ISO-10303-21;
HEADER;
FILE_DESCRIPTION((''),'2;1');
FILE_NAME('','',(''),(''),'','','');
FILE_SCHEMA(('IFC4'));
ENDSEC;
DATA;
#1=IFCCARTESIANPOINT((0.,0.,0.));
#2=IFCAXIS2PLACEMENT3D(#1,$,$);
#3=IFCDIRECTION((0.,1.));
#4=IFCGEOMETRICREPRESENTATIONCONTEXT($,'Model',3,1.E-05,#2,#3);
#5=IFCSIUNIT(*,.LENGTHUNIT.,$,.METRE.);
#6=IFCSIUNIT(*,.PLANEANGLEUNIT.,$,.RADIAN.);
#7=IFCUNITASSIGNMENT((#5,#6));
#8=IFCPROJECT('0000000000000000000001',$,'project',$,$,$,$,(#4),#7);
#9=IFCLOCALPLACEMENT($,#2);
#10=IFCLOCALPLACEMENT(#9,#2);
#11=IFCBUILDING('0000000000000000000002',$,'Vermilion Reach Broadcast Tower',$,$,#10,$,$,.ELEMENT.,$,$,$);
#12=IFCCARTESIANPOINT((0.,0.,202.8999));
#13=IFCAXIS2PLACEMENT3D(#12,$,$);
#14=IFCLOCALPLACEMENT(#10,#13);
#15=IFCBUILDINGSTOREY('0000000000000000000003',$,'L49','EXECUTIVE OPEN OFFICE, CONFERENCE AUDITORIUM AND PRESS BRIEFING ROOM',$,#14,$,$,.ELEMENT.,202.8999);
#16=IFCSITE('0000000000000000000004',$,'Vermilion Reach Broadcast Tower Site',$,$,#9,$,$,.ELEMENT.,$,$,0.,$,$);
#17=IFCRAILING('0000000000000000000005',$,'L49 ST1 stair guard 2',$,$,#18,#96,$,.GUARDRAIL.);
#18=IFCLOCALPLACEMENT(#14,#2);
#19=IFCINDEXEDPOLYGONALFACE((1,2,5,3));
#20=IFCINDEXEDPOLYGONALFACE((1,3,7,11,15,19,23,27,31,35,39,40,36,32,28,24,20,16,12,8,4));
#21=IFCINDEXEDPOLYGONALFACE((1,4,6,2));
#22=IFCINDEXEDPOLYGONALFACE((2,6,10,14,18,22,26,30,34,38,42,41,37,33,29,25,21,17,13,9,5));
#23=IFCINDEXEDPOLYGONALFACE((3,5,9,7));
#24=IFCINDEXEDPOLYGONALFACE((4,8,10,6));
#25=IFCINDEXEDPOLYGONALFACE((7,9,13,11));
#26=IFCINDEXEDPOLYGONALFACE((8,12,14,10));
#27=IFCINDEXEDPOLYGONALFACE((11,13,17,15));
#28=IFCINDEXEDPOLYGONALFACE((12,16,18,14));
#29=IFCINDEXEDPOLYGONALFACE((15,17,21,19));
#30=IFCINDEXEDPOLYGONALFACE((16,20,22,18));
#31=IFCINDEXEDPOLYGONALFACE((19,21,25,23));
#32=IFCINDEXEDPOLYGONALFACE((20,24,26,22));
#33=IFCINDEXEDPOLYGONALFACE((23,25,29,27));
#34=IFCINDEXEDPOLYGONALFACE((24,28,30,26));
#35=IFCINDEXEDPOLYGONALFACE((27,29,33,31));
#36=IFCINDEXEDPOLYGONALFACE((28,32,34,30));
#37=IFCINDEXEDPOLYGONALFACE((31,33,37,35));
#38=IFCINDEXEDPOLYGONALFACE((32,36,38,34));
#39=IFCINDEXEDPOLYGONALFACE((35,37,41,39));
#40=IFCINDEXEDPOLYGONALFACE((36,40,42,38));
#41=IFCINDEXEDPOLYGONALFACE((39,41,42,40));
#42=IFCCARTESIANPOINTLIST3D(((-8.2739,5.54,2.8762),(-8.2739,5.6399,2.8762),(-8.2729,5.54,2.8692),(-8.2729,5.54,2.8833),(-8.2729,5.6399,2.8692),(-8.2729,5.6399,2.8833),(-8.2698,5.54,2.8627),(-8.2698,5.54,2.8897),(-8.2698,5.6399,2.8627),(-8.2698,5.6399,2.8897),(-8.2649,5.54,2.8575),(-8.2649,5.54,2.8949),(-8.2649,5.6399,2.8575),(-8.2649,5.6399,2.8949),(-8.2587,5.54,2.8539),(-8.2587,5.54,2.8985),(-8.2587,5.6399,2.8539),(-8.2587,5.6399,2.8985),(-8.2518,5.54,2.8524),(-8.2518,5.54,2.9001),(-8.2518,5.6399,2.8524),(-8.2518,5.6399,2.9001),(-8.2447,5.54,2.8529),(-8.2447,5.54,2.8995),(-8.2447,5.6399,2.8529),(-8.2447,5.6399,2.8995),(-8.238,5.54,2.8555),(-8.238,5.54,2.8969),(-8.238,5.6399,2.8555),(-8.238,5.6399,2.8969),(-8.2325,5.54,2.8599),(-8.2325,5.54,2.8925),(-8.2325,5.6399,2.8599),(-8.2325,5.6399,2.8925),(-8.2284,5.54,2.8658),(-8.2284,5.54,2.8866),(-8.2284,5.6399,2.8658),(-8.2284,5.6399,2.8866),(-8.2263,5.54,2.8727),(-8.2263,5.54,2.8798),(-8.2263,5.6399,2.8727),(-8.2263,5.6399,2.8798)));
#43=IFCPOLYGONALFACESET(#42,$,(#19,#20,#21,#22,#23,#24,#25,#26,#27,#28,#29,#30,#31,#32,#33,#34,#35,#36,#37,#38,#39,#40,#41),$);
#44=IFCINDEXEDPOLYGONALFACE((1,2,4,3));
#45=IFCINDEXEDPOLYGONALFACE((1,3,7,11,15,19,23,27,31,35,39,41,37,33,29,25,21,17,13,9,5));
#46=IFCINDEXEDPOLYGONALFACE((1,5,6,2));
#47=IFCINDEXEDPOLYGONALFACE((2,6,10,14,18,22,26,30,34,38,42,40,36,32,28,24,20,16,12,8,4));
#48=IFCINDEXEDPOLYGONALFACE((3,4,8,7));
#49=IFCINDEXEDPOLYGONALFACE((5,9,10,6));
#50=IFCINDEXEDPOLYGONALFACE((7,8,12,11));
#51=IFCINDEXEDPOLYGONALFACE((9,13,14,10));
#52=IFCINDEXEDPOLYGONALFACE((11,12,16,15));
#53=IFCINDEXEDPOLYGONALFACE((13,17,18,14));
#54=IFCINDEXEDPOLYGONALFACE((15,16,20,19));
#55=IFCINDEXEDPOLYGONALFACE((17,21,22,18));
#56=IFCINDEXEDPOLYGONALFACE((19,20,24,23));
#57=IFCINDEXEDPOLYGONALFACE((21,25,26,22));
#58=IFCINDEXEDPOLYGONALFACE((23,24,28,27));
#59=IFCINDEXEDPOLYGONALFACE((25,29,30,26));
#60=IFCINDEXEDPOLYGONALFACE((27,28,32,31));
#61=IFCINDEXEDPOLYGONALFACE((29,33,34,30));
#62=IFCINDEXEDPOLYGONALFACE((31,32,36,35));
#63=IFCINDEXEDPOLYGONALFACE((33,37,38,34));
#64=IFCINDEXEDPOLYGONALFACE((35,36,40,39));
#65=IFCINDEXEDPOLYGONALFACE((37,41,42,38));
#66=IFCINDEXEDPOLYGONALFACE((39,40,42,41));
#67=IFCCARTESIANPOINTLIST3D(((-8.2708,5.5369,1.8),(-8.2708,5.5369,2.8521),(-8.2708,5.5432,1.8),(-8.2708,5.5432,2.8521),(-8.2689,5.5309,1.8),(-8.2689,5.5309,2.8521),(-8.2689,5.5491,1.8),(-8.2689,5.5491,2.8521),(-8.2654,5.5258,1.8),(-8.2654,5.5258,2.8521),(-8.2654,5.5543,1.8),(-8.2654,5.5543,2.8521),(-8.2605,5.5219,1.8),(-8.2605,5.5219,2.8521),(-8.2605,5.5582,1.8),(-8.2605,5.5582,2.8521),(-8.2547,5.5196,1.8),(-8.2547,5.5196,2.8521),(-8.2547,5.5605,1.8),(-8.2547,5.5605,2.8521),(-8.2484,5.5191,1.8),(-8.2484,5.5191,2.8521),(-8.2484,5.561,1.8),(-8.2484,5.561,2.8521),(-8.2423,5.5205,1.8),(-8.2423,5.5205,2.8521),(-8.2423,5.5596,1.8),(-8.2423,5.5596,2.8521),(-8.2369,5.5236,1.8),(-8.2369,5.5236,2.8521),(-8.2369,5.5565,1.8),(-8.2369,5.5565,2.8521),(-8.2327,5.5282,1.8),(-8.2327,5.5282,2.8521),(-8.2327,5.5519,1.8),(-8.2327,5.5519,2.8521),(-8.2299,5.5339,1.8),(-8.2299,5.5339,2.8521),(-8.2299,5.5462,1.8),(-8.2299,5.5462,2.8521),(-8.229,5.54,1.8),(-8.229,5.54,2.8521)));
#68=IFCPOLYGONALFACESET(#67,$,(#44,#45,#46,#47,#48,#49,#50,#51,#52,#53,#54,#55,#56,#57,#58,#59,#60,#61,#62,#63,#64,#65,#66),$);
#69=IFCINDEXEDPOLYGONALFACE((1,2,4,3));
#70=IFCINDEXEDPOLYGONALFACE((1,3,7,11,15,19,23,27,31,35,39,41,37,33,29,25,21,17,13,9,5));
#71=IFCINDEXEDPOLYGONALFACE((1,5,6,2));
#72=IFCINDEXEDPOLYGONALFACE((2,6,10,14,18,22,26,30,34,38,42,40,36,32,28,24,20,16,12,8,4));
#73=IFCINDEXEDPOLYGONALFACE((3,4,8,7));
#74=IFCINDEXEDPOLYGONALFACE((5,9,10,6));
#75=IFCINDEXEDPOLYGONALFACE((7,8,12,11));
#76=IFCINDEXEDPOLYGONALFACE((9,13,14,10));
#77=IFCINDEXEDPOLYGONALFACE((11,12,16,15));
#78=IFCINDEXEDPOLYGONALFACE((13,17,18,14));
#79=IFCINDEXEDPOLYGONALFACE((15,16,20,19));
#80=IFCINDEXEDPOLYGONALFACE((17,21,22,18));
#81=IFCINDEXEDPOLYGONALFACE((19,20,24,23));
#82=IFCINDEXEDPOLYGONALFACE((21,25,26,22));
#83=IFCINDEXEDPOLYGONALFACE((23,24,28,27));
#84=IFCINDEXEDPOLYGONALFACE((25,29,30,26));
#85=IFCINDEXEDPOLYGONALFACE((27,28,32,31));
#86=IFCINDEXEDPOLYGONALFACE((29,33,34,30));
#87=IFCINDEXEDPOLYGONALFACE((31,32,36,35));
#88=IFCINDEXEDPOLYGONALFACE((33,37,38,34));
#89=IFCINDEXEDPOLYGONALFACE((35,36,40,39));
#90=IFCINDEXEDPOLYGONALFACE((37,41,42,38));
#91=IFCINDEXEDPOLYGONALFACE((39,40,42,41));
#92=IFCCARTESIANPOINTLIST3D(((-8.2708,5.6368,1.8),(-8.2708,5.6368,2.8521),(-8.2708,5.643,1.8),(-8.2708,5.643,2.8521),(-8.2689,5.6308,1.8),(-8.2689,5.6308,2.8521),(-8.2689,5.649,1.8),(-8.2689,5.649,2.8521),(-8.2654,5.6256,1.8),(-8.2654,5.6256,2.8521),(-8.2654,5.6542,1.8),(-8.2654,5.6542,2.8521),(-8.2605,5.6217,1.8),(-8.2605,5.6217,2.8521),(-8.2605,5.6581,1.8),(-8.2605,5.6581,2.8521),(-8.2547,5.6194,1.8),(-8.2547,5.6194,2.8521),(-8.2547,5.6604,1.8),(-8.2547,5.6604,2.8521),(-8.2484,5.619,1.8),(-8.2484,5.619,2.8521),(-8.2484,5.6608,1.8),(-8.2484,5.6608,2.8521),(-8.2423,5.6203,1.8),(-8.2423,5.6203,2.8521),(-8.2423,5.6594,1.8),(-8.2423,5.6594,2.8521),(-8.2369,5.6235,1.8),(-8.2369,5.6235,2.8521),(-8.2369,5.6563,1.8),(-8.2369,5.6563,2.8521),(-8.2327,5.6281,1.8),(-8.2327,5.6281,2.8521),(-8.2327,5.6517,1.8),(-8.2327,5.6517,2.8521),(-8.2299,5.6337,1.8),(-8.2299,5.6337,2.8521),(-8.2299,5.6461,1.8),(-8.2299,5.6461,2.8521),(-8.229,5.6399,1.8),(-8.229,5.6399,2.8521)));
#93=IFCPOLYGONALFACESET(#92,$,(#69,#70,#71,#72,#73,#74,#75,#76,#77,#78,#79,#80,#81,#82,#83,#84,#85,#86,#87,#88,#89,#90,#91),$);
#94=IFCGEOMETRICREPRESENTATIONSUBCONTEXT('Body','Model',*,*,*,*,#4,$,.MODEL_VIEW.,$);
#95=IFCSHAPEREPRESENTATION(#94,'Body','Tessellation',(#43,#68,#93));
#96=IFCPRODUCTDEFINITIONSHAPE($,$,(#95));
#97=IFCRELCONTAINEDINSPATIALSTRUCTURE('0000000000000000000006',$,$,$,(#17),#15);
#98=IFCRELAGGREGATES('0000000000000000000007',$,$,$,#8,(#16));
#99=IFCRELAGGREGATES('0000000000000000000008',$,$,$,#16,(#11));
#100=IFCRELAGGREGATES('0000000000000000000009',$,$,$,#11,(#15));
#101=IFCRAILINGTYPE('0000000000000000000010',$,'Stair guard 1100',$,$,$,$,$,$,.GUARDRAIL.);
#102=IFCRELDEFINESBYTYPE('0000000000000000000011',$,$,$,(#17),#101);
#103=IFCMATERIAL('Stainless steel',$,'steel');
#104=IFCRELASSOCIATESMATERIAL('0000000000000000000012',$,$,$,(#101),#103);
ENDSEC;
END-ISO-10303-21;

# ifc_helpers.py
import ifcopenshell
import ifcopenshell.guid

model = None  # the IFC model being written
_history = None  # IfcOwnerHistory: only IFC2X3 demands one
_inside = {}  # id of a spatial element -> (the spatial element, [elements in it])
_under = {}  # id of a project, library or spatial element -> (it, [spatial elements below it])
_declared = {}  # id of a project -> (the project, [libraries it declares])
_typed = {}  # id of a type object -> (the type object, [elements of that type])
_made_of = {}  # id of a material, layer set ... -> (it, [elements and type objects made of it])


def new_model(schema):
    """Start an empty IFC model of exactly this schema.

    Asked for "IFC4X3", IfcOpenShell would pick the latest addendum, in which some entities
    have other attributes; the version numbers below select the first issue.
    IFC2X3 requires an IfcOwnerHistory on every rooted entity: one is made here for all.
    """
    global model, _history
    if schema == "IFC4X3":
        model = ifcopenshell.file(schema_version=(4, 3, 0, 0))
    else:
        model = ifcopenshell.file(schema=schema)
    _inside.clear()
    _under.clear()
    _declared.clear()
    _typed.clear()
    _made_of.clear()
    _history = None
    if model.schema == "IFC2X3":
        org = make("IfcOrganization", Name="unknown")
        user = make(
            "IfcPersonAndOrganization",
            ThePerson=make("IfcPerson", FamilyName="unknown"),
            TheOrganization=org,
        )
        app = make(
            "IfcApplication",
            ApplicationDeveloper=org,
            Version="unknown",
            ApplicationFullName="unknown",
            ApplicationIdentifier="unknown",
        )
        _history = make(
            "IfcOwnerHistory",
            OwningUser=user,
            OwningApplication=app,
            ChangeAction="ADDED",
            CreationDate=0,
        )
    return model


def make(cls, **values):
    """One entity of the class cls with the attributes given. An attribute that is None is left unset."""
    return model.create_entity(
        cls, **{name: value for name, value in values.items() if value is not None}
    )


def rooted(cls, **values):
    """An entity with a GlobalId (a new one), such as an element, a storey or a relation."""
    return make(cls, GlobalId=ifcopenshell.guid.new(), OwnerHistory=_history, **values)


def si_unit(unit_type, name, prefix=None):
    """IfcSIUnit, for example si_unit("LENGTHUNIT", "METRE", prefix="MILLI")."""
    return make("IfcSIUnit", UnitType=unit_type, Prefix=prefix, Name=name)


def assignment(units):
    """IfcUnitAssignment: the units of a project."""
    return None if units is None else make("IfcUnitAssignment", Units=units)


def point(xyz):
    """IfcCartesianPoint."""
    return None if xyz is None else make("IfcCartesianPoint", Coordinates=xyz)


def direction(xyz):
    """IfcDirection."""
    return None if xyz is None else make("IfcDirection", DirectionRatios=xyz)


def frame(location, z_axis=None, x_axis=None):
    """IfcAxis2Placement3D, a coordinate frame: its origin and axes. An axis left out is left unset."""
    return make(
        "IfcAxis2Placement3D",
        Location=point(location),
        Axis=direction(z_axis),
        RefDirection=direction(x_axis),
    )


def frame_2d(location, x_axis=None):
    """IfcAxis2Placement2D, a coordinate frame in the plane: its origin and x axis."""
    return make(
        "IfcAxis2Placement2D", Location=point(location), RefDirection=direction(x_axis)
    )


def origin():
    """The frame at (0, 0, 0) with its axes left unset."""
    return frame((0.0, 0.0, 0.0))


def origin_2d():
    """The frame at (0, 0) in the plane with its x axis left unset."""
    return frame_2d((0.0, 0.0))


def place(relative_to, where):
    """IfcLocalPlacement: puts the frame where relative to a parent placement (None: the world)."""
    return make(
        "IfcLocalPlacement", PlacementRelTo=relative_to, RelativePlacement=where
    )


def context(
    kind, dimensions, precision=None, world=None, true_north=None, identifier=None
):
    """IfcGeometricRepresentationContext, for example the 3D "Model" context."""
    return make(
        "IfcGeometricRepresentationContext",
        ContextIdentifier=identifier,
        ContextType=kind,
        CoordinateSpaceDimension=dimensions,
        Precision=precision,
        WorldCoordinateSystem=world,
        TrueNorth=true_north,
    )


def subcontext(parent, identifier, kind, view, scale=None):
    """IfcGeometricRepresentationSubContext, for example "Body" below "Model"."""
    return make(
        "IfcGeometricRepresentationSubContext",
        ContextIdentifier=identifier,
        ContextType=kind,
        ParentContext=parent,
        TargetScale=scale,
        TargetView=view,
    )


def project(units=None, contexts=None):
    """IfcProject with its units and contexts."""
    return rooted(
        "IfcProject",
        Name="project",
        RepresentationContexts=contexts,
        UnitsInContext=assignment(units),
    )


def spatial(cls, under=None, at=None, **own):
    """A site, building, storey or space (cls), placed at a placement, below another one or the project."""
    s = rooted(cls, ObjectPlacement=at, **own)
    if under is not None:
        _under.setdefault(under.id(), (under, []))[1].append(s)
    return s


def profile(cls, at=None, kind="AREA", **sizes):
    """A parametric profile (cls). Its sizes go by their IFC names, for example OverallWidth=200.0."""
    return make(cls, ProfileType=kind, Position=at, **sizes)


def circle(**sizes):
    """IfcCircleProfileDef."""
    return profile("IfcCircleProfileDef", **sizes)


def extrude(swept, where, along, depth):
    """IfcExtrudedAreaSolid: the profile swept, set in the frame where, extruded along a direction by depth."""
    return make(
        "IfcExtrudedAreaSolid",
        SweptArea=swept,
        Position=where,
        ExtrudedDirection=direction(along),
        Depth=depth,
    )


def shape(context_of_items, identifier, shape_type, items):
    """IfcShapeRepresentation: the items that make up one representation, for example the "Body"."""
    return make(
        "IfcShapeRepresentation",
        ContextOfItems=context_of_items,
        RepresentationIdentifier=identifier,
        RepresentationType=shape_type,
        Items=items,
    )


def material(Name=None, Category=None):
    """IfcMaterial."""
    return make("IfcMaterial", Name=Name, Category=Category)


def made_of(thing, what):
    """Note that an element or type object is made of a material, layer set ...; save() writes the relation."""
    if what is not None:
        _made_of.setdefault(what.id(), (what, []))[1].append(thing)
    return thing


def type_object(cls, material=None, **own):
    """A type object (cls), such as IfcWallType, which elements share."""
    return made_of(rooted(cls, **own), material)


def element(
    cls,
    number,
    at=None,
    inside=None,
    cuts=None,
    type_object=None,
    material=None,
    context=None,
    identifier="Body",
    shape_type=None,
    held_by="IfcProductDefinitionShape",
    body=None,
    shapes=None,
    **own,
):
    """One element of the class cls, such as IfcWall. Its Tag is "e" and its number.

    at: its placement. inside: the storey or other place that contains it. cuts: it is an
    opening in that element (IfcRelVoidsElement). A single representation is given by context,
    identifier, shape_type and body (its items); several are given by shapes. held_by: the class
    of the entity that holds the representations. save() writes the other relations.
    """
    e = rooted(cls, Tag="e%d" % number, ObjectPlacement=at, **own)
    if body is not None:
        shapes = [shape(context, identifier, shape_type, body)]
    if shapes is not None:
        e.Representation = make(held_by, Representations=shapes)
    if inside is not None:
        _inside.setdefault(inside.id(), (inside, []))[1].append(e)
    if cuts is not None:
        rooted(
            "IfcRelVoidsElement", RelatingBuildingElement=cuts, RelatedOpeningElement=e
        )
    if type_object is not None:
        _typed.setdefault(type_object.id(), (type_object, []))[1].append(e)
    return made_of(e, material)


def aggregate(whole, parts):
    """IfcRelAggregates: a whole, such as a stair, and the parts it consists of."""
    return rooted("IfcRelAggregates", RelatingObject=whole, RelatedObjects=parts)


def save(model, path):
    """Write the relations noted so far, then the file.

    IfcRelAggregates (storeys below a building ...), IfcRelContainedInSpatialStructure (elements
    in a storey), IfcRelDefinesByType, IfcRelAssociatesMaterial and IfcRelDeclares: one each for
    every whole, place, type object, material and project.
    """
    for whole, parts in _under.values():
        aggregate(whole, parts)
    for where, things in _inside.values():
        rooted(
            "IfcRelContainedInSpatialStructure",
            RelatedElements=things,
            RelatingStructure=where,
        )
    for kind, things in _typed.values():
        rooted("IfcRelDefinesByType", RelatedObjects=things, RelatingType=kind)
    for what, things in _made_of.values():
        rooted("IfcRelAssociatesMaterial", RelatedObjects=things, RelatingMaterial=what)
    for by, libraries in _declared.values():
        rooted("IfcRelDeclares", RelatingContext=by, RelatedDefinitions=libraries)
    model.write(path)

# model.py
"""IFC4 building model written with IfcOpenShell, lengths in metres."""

from ifc_helpers import new_model, si_unit, direction, frame, origin, origin_2d, place, context, subcontext, project, spatial, circle, extrude, material, type_object, element, save


model = new_model("IFC4")

# Units and contexts
model_context = context("Model", 3, precision=1e-05, world=origin(), true_north=direction((0.0, 1.0)))
body_context = subcontext(model_context, "Body", "Model", "MODEL_VIEW")
ifc_project = project(units=[si_unit("LENGTHUNIT", "METRE"), si_unit("PLANEANGLEUNIT", "RADIAN")], contexts=[model_context])

# Site, building, storey
site_placement = place(None, origin())
site = spatial("IfcSite", under=ifc_project, at=site_placement, Name="Vermilion Reach Broadcast Tower Site", CompositionType="ELEMENT", RefElevation=0.0)
building_placement = place(site_placement, origin())
building = spatial("IfcBuilding", under=site, at=building_placement, Name="Vermilion Reach Broadcast Tower", CompositionType="ELEMENT")
storey_placement = place(building_placement, frame((0.0, 0.0, 202.8999)))
storey = spatial("IfcBuildingStorey", under=building, at=storey_placement, Name="L49", Description="EXECUTIVE OPEN OFFICE, CONFERENCE AUDITORIUM AND PRESS BRIEFING ROOM", CompositionType="ELEMENT", Elevation=202.8999)

# Railing
ifc_material_1 = material(Name="Stainless steel", Category="steel")
railing_type_1 = type_object("IfcRailingType", Name="Stair guard 1100", PredefinedType="GUARDRAIL", material=ifc_material_1)
railing_1_placement = place(storey_placement, frame((-8.25, 5.54, 1.8)))
element("IfcRailing", 1, at=railing_1_placement, inside=storey, type_object=railing_type_1, Name="L49 ST1 stair guard 2", PredefinedType="GUARDRAIL", context=body_context, shape_type="SweptSolid", body=[
    extrude(circle(Radius=0.0239, at=origin_2d()), frame((0.0, 0.0, 1.0762), z_axis=(0.0, 1.0, 0.0), x_axis=(-1.0, 0.0, 0.0)), (0.0, 0.0, 1.0), 0.0999),
    extrude(circle(Radius=0.021, at=origin_2d()), origin(), (0.0, 0.0, 1.0), 1.052),
    extrude(circle(Radius=0.021, at=origin_2d()), frame((0.0, 0.0999, 0.0)), (0.0, 0.0, 1.0), 1.052),
])

save(model, "model.ifc")
